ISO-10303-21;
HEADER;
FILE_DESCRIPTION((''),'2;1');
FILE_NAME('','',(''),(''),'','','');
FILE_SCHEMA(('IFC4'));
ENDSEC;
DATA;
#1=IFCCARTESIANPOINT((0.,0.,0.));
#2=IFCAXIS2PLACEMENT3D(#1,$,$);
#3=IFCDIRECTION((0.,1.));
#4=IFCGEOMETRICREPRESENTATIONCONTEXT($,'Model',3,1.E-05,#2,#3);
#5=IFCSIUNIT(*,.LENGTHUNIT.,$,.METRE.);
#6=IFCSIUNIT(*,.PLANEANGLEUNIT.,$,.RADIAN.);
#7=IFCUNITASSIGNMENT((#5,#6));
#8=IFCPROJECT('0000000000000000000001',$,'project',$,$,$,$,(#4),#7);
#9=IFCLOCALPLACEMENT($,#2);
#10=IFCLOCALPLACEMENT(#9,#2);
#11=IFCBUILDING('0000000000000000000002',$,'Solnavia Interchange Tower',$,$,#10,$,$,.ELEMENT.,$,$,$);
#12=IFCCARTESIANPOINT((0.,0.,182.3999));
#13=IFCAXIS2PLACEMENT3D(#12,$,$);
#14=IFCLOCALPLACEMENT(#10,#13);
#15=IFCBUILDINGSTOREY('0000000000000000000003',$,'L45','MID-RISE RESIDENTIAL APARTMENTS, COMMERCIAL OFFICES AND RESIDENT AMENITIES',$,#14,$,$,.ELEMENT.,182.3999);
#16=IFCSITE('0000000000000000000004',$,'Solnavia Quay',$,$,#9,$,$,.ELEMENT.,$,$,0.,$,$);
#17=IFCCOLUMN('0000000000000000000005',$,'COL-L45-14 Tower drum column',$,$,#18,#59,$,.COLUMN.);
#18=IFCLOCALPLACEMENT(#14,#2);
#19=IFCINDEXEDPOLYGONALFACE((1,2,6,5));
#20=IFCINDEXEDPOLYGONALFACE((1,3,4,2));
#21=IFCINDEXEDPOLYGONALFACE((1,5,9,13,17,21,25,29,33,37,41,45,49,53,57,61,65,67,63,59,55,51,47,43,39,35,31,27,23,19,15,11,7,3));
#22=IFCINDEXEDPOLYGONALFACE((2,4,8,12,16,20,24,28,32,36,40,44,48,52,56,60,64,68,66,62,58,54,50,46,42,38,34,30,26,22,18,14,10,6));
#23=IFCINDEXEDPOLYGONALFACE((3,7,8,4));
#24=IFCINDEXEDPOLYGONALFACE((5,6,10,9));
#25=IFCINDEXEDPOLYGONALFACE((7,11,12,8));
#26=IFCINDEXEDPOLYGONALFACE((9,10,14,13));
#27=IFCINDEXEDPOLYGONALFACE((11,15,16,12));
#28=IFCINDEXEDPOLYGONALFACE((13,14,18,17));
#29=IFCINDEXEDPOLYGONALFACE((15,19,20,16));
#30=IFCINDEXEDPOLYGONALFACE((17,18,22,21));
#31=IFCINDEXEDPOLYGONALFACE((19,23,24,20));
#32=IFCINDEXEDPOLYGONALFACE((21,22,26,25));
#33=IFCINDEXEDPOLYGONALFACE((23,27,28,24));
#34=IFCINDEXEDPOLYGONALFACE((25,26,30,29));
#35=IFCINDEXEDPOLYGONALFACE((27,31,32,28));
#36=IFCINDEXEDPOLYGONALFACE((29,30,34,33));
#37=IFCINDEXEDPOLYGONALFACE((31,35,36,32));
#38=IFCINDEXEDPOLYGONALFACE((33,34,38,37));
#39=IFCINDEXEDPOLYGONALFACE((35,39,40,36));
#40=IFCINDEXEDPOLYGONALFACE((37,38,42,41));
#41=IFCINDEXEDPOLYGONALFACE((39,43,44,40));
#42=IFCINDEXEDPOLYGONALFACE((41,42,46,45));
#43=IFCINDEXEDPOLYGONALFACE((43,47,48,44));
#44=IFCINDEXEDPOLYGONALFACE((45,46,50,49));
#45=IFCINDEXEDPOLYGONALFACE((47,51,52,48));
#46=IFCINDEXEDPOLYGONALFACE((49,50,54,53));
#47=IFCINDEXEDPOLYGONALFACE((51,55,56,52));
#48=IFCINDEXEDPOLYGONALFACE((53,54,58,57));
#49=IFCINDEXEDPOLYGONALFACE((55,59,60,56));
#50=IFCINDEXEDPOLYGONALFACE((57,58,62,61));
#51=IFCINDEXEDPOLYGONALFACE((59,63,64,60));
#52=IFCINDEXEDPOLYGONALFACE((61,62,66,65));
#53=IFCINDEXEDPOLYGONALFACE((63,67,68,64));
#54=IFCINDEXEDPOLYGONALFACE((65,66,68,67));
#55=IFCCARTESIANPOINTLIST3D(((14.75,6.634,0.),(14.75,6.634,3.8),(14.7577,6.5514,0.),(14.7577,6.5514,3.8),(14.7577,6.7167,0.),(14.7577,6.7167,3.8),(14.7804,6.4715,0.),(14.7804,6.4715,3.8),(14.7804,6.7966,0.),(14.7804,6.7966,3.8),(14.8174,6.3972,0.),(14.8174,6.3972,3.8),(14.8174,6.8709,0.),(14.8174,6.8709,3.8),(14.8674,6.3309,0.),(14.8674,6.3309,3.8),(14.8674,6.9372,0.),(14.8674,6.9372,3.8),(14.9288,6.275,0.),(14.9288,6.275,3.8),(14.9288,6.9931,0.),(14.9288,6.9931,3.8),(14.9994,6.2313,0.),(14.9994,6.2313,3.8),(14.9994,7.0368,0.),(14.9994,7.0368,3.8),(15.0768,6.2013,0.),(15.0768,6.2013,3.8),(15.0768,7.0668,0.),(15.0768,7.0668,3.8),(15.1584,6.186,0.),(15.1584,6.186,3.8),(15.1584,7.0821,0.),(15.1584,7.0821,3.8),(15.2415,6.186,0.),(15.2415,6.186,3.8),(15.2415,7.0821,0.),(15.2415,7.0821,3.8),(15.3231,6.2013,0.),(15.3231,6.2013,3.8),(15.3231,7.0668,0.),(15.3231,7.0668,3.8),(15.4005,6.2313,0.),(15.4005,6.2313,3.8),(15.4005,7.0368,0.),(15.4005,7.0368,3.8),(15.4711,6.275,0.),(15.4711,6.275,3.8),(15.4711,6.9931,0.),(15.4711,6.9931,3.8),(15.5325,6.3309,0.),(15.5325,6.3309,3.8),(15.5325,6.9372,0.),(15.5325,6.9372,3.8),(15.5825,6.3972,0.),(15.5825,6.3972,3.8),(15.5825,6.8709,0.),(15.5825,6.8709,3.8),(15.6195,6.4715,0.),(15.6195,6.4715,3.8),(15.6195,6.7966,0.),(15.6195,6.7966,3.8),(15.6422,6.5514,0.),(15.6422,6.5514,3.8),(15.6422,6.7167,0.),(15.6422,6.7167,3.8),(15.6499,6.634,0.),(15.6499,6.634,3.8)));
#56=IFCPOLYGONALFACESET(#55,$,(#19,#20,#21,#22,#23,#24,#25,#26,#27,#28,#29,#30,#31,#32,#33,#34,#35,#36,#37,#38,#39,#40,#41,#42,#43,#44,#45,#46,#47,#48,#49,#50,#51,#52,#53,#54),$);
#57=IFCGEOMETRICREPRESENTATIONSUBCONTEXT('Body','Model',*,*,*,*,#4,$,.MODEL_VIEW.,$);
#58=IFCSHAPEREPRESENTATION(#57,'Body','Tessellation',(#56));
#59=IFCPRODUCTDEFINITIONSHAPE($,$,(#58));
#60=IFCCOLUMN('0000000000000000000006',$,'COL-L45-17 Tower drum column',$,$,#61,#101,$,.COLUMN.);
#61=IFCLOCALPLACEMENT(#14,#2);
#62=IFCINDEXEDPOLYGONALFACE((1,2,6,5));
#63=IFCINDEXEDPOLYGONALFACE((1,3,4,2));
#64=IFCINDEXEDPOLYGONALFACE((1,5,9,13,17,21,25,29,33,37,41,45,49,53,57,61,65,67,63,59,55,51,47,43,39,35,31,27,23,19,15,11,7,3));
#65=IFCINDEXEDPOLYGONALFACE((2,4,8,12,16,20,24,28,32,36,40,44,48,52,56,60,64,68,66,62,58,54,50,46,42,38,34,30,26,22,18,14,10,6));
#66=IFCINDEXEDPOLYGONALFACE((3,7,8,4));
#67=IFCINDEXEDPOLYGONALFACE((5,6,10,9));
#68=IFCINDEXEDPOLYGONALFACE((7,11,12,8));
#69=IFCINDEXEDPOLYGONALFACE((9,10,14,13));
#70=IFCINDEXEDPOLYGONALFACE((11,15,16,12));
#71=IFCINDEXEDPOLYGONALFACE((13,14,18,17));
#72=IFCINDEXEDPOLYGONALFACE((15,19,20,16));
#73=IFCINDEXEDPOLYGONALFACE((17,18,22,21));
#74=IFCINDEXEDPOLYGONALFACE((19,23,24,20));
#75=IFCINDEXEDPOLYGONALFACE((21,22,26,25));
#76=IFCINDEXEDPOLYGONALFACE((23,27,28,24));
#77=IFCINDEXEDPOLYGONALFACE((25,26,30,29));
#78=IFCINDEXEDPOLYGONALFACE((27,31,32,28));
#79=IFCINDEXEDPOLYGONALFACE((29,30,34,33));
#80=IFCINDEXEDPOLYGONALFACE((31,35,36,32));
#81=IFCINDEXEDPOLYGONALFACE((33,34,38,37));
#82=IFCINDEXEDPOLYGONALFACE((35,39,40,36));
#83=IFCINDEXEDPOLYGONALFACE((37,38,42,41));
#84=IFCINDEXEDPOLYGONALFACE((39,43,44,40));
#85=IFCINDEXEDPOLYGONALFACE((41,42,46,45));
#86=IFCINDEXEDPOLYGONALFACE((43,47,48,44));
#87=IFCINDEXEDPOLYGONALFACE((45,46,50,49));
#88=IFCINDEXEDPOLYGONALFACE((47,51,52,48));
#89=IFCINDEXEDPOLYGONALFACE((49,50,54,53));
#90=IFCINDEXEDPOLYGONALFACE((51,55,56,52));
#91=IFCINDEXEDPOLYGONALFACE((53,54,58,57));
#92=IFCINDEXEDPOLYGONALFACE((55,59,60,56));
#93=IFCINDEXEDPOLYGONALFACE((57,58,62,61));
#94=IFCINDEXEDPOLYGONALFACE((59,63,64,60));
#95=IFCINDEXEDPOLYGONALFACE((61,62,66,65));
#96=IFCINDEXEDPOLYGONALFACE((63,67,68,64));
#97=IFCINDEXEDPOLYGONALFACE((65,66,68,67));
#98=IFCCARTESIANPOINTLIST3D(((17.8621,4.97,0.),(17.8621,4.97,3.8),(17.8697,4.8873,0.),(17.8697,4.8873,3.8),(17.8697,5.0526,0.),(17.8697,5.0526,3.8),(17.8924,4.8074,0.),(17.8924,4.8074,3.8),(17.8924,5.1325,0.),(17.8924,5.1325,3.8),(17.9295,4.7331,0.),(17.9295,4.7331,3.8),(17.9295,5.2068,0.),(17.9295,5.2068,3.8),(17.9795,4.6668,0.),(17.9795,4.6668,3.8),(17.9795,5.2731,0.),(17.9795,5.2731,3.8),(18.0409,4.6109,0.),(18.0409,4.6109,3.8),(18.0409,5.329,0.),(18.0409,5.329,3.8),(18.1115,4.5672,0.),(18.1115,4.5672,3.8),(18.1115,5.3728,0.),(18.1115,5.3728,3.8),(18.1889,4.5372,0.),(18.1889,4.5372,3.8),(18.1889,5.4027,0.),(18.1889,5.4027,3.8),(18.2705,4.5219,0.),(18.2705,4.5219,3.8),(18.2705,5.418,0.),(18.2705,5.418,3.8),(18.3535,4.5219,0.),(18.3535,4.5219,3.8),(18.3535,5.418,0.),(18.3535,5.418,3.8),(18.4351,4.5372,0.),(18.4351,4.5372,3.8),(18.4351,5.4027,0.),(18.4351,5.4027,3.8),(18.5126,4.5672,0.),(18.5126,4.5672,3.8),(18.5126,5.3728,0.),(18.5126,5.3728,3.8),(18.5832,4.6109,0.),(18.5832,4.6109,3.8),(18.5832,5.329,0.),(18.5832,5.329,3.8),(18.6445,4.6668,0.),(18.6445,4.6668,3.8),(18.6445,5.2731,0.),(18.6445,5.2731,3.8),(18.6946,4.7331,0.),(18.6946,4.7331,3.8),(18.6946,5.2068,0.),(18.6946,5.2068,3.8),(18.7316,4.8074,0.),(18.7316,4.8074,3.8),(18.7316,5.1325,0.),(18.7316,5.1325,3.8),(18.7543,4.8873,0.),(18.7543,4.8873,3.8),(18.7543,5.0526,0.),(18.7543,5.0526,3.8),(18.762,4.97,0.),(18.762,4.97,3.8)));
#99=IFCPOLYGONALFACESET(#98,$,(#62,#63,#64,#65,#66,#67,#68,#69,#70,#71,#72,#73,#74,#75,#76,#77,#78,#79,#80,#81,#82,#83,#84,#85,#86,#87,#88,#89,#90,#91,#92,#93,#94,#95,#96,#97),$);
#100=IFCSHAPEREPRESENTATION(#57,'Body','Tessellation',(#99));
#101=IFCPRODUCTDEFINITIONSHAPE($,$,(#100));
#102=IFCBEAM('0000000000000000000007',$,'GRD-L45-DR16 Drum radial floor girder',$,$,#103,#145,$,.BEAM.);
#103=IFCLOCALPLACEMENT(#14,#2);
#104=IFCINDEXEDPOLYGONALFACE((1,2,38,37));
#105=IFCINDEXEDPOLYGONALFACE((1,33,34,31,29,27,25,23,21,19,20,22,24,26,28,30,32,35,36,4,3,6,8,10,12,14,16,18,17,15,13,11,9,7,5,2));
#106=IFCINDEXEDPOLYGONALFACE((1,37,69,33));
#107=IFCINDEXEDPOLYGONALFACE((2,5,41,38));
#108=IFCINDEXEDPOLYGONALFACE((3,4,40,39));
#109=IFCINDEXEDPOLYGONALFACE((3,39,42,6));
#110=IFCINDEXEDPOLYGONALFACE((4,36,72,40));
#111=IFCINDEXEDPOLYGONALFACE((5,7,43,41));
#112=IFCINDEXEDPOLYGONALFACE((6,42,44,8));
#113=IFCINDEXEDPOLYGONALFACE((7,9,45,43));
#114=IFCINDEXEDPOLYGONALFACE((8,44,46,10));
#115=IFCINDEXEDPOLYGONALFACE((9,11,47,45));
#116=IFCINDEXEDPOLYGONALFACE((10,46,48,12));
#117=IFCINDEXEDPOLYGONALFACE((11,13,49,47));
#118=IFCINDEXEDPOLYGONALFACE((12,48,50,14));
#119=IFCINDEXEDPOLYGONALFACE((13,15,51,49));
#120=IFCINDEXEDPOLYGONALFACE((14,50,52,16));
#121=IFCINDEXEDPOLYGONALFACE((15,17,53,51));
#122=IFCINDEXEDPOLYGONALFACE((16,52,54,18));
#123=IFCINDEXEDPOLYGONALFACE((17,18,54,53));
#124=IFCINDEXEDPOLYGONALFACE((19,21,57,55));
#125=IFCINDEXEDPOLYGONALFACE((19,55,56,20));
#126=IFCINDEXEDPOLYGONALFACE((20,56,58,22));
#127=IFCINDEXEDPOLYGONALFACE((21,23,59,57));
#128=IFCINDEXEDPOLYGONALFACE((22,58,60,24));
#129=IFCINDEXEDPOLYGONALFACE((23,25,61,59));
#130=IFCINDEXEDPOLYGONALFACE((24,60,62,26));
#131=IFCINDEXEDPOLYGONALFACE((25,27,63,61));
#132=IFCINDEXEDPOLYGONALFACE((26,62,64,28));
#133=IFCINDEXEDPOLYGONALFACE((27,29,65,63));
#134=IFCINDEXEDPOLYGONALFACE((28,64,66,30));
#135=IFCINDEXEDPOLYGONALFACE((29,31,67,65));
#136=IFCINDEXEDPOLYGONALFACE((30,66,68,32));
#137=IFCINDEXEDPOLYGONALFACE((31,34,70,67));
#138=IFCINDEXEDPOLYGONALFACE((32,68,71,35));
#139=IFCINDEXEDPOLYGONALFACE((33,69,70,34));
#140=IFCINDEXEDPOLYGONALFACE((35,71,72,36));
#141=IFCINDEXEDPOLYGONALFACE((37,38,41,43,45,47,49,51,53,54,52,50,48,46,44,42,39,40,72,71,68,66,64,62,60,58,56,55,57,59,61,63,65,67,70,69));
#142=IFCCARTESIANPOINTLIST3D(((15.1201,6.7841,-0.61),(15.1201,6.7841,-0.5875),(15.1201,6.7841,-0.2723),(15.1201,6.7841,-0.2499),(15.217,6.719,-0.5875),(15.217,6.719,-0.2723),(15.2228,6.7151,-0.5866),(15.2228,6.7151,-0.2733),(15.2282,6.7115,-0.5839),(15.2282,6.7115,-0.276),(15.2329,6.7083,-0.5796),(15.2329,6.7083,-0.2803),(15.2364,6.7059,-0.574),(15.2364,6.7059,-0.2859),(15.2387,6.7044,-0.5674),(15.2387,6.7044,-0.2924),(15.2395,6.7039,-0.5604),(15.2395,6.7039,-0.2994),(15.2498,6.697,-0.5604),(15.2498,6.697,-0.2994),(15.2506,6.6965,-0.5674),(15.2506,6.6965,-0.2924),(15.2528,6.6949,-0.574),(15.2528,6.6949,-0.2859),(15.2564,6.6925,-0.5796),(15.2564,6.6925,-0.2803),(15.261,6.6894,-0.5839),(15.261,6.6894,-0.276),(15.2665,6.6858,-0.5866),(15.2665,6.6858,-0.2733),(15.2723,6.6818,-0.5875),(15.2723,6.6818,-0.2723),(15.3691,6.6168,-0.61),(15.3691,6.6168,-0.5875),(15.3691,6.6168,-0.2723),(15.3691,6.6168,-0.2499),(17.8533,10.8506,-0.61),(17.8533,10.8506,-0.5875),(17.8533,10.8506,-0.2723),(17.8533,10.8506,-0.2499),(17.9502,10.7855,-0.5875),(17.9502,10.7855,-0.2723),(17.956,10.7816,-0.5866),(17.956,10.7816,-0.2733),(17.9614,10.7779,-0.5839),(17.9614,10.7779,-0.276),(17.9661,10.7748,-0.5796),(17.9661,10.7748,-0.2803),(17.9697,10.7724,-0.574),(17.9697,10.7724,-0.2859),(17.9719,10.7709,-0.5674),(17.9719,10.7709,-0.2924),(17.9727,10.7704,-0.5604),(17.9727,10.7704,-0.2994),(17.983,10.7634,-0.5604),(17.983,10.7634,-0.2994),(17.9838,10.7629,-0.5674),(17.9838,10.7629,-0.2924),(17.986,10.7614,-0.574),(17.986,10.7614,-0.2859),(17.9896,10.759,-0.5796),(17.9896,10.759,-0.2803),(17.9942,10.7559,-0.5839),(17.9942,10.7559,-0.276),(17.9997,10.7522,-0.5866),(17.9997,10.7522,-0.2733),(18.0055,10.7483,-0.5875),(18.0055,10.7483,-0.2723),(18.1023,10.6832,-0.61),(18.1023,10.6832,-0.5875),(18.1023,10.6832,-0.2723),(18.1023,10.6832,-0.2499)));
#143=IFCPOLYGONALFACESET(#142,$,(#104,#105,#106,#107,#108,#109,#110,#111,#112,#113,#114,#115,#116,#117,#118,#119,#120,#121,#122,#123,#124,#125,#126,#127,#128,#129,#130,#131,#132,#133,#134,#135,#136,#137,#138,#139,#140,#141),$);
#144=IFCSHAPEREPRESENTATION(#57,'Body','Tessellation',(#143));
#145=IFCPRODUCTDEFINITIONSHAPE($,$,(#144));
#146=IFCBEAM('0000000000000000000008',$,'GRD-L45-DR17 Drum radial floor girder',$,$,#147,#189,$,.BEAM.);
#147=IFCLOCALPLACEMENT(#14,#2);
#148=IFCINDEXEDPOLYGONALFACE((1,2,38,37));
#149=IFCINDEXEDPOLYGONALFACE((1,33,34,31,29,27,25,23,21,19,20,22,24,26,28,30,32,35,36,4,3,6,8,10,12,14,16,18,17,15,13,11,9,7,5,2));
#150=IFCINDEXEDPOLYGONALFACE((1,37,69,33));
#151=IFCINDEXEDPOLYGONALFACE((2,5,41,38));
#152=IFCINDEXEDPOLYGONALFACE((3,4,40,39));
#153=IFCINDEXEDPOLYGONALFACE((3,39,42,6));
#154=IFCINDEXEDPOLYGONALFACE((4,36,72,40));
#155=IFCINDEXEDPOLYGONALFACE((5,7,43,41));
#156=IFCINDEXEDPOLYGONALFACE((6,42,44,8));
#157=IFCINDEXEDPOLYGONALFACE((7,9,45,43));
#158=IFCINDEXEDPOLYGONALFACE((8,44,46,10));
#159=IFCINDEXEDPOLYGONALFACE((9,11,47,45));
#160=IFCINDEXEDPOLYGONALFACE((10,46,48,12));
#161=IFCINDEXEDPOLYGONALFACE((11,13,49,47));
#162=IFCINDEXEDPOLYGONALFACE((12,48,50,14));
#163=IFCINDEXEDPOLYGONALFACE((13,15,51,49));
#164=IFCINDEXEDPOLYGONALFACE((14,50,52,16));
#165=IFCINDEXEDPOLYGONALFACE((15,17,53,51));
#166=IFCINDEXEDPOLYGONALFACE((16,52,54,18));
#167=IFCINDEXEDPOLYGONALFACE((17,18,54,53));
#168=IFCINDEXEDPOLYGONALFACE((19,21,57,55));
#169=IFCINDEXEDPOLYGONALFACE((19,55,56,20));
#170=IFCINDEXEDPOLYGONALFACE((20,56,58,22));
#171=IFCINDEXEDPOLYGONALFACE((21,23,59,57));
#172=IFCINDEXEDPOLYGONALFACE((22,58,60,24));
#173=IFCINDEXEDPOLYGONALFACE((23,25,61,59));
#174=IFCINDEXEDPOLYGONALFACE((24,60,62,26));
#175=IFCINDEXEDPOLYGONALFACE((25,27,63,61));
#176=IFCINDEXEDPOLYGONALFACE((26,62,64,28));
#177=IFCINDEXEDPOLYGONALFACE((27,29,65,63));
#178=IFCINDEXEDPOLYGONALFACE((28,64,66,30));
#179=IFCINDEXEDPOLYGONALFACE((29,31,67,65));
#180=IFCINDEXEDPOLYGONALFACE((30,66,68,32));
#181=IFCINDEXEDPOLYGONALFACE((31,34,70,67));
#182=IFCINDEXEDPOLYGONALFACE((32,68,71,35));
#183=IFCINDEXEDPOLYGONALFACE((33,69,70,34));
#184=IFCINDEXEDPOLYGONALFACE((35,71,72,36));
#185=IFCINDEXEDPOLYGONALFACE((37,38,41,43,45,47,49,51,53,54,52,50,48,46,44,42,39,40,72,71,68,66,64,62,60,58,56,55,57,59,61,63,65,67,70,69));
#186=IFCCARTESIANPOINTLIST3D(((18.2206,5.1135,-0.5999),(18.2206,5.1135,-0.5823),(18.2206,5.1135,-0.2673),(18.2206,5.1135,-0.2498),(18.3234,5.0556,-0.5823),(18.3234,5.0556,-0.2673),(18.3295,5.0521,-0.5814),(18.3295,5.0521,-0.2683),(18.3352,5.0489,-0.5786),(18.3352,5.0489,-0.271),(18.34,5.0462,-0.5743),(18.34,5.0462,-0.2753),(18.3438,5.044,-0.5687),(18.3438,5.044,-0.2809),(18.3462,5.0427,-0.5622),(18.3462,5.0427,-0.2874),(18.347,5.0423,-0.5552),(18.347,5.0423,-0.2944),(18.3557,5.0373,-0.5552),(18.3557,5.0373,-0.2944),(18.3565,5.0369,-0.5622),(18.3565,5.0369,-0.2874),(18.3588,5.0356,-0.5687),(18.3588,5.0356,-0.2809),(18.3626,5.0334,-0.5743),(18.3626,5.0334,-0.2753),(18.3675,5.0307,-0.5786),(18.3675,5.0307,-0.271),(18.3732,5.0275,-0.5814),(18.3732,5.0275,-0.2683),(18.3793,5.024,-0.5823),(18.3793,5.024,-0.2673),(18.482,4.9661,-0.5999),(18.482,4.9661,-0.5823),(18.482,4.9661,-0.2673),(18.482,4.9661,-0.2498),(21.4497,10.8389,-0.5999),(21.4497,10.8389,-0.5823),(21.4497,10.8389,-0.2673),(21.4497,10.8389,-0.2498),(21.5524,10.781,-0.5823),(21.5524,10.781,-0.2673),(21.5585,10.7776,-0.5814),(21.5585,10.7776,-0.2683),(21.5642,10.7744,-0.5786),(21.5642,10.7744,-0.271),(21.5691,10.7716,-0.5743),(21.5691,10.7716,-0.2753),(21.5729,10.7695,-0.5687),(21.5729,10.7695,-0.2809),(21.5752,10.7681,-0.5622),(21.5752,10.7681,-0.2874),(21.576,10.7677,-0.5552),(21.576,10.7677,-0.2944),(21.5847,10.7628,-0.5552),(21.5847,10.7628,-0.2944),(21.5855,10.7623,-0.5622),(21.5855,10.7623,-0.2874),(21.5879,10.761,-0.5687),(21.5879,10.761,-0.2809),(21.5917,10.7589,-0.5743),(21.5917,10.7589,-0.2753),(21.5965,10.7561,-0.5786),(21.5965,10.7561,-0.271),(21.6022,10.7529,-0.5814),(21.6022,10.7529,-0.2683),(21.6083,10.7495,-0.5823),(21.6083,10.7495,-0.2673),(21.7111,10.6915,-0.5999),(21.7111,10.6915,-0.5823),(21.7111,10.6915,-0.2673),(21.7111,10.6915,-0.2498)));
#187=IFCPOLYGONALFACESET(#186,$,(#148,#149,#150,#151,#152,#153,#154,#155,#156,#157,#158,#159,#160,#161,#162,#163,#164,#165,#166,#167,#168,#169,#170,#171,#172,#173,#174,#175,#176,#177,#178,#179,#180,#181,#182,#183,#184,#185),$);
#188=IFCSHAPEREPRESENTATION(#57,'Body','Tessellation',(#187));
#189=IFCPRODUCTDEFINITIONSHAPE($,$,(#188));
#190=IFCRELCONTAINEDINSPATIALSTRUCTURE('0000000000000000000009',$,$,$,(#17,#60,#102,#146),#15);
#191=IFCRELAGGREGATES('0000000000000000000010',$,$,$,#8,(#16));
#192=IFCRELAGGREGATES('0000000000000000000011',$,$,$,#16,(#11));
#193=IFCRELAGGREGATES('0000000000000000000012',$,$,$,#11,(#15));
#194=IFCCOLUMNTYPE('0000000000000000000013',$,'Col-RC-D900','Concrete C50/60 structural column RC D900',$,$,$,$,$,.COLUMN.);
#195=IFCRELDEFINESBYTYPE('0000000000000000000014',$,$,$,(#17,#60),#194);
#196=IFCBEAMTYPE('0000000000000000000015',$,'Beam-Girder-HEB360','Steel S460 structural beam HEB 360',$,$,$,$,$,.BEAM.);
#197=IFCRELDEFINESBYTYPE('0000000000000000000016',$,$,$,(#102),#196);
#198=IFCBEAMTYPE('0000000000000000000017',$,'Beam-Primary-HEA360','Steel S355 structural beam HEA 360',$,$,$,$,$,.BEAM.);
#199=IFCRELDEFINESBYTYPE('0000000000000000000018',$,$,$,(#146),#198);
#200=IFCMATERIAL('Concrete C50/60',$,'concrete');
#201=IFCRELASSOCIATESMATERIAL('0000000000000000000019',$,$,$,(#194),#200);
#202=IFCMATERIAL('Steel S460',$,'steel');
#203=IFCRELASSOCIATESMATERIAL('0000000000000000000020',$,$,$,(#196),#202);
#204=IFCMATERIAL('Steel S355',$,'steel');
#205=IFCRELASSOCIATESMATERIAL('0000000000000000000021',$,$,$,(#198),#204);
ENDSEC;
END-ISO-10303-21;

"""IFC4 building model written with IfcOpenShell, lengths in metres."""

from ifc_helpers import new_model, si_unit, direction, frame, origin, origin_2d, place, context, subcontext, project, spatial, circle, i_section, extrude, material, material_profile, profile_set, type_object, element, save


model = new_model("IFC4")

# Units and contexts
model_context = context("Model", 3, precision=1e-05, world=origin(), true_north=direction((0.0, 1.0)))
body_context = subcontext(model_context, "Body", "Model", "MODEL_VIEW")
ifc_project = project(units=[si_unit("LENGTHUNIT", "METRE"), si_unit("PLANEANGLEUNIT", "RADIAN")], contexts=[model_context])

# Site, building, storey
site_placement = place(None, origin())
site = spatial("IfcSite", under=ifc_project, at=site_placement, Name="Solnavia Quay", CompositionType="ELEMENT", RefElevation=0.0)
building_placement = place(site_placement, origin())
building = spatial("IfcBuilding", under=site, at=building_placement, Name="Solnavia Interchange Tower", CompositionType="ELEMENT")
storey_placement = place(building_placement, frame((0.0, 0.0, 182.3999)))
storey = spatial("IfcBuildingStorey", under=building, at=storey_placement, Name="L45", Description="MID-RISE RESIDENTIAL APARTMENTS, COMMERCIAL OFFICES AND RESIDENT AMENITIES", CompositionType="ELEMENT", Elevation=182.3999)

# Columns
ifc_material_1 = material(Name="Concrete C50/60", Category="concrete")
ifc_material_profile_1 = material_profile(ifc_material_1, circle(Radius=0.45, at=origin_2d()), Name="RC D900")
ifc_profile_set_1 = profile_set([ifc_material_profile_1], Name="Concrete C50/60")
column_type = type_object("IfcColumnType", Name="Col-RC-D900", Description="Concrete C50/60 structural column RC D900", PredefinedType="COLUMN", material=ifc_profile_set_1)
for number, where, z_axis, x_axis, name in (
    (1, (15.2, 6.634, 0.0), (0.0, 0.0, 1.0), (1.0, 0.0, 0.0), "COL-L45-14 Tower drum column"),
    (2, (18.312, 4.97, 0.0), (0.0, 0.0, 1.0), (1.0, 0.0, 0.0), "COL-L45-17 Tower drum column"),
):
    element("IfcColumn", number, at=place(storey_placement, frame(where, z_axis=z_axis, x_axis=x_axis)), inside=storey, type_object=column_type, Name=name, PredefinedType="COLUMN", context=body_context, shape_type="SweptSolid", body=[
        extrude(circle(Radius=0.45, at=origin_2d()), origin(), (0.0, 0.0, 1.0), 3.8),
    ])

# Beams
ifc_material_2 = material(Name="Steel S460", Category="steel")
ifc_material_profile_2 = material_profile(ifc_material_2, i_section(OverallWidth=0.3, OverallDepth=0.3601, WebThickness=0.0125, FlangeThickness=0.0225, FilletRadius=0.0271, at=origin_2d()), Name="HEB 360")
ifc_profile_set_2 = profile_set([ifc_material_profile_2], Name="Steel S460")
beam_type_1 = type_object("IfcBeamType", Name="Beam-Girder-HEB360", Description="Steel S460 structural beam HEB 360", PredefinedType="BEAM", material=ifc_profile_set_2)
beam_1_placement = place(storey_placement, frame((15.2446, 6.7004, -0.4299), z_axis=(0.557835, 0.829952, 0.0), x_axis=(-0.829952, 0.557835, 0.0)))
element("IfcBeam", 3, at=beam_1_placement, inside=storey, type_object=beam_type_1, Name="GRD-L45-DR16 Drum radial floor girder", PredefinedType="BEAM", context=body_context, shape_type="SweptSolid", body=[
    extrude(i_section(OverallWidth=0.3, OverallDepth=0.3601, WebThickness=0.0125, FlangeThickness=0.0225, FilletRadius=0.0271, at=origin_2d()), origin(), (0.0, 0.0, 1.0), 4.8997),
])
ifc_material_3 = material(Name="Steel S355", Category="steel")
ifc_material_profile_3 = material_profile(ifc_material_3, i_section(OverallWidth=0.3, OverallDepth=0.3501, WebThickness=0.01, FlangeThickness=0.0176, FilletRadius=0.0271, at=origin_2d()), Name="HEA 360")
ifc_profile_set_3 = profile_set([ifc_material_profile_3], Name="Steel S355")
beam_type_2 = type_object("IfcBeamType", Name="Beam-Primary-HEA360", Description="Steel S355 structural beam HEA 360", PredefinedType="BEAM", material=ifc_profile_set_3)
beam_2_placement = place(storey_placement, frame((18.3513, 5.0398, -0.4248), z_axis=(0.491243, 0.871022, 0.0), x_axis=(-0.871022, 0.491243, 0.0)))
element("IfcBeam", 4, at=beam_2_placement, inside=storey, type_object=beam_type_2, Name="GRD-L45-DR17 Drum radial floor girder", PredefinedType="BEAM", context=body_context, shape_type="SweptSolid", body=[
    extrude(i_section(OverallWidth=0.3, OverallDepth=0.3501, WebThickness=0.01, FlangeThickness=0.0176, FilletRadius=0.0271, at=origin_2d()), origin(), (0.0, 0.0, 1.0), 6.5732),
])

save(model, "model.ifc")
